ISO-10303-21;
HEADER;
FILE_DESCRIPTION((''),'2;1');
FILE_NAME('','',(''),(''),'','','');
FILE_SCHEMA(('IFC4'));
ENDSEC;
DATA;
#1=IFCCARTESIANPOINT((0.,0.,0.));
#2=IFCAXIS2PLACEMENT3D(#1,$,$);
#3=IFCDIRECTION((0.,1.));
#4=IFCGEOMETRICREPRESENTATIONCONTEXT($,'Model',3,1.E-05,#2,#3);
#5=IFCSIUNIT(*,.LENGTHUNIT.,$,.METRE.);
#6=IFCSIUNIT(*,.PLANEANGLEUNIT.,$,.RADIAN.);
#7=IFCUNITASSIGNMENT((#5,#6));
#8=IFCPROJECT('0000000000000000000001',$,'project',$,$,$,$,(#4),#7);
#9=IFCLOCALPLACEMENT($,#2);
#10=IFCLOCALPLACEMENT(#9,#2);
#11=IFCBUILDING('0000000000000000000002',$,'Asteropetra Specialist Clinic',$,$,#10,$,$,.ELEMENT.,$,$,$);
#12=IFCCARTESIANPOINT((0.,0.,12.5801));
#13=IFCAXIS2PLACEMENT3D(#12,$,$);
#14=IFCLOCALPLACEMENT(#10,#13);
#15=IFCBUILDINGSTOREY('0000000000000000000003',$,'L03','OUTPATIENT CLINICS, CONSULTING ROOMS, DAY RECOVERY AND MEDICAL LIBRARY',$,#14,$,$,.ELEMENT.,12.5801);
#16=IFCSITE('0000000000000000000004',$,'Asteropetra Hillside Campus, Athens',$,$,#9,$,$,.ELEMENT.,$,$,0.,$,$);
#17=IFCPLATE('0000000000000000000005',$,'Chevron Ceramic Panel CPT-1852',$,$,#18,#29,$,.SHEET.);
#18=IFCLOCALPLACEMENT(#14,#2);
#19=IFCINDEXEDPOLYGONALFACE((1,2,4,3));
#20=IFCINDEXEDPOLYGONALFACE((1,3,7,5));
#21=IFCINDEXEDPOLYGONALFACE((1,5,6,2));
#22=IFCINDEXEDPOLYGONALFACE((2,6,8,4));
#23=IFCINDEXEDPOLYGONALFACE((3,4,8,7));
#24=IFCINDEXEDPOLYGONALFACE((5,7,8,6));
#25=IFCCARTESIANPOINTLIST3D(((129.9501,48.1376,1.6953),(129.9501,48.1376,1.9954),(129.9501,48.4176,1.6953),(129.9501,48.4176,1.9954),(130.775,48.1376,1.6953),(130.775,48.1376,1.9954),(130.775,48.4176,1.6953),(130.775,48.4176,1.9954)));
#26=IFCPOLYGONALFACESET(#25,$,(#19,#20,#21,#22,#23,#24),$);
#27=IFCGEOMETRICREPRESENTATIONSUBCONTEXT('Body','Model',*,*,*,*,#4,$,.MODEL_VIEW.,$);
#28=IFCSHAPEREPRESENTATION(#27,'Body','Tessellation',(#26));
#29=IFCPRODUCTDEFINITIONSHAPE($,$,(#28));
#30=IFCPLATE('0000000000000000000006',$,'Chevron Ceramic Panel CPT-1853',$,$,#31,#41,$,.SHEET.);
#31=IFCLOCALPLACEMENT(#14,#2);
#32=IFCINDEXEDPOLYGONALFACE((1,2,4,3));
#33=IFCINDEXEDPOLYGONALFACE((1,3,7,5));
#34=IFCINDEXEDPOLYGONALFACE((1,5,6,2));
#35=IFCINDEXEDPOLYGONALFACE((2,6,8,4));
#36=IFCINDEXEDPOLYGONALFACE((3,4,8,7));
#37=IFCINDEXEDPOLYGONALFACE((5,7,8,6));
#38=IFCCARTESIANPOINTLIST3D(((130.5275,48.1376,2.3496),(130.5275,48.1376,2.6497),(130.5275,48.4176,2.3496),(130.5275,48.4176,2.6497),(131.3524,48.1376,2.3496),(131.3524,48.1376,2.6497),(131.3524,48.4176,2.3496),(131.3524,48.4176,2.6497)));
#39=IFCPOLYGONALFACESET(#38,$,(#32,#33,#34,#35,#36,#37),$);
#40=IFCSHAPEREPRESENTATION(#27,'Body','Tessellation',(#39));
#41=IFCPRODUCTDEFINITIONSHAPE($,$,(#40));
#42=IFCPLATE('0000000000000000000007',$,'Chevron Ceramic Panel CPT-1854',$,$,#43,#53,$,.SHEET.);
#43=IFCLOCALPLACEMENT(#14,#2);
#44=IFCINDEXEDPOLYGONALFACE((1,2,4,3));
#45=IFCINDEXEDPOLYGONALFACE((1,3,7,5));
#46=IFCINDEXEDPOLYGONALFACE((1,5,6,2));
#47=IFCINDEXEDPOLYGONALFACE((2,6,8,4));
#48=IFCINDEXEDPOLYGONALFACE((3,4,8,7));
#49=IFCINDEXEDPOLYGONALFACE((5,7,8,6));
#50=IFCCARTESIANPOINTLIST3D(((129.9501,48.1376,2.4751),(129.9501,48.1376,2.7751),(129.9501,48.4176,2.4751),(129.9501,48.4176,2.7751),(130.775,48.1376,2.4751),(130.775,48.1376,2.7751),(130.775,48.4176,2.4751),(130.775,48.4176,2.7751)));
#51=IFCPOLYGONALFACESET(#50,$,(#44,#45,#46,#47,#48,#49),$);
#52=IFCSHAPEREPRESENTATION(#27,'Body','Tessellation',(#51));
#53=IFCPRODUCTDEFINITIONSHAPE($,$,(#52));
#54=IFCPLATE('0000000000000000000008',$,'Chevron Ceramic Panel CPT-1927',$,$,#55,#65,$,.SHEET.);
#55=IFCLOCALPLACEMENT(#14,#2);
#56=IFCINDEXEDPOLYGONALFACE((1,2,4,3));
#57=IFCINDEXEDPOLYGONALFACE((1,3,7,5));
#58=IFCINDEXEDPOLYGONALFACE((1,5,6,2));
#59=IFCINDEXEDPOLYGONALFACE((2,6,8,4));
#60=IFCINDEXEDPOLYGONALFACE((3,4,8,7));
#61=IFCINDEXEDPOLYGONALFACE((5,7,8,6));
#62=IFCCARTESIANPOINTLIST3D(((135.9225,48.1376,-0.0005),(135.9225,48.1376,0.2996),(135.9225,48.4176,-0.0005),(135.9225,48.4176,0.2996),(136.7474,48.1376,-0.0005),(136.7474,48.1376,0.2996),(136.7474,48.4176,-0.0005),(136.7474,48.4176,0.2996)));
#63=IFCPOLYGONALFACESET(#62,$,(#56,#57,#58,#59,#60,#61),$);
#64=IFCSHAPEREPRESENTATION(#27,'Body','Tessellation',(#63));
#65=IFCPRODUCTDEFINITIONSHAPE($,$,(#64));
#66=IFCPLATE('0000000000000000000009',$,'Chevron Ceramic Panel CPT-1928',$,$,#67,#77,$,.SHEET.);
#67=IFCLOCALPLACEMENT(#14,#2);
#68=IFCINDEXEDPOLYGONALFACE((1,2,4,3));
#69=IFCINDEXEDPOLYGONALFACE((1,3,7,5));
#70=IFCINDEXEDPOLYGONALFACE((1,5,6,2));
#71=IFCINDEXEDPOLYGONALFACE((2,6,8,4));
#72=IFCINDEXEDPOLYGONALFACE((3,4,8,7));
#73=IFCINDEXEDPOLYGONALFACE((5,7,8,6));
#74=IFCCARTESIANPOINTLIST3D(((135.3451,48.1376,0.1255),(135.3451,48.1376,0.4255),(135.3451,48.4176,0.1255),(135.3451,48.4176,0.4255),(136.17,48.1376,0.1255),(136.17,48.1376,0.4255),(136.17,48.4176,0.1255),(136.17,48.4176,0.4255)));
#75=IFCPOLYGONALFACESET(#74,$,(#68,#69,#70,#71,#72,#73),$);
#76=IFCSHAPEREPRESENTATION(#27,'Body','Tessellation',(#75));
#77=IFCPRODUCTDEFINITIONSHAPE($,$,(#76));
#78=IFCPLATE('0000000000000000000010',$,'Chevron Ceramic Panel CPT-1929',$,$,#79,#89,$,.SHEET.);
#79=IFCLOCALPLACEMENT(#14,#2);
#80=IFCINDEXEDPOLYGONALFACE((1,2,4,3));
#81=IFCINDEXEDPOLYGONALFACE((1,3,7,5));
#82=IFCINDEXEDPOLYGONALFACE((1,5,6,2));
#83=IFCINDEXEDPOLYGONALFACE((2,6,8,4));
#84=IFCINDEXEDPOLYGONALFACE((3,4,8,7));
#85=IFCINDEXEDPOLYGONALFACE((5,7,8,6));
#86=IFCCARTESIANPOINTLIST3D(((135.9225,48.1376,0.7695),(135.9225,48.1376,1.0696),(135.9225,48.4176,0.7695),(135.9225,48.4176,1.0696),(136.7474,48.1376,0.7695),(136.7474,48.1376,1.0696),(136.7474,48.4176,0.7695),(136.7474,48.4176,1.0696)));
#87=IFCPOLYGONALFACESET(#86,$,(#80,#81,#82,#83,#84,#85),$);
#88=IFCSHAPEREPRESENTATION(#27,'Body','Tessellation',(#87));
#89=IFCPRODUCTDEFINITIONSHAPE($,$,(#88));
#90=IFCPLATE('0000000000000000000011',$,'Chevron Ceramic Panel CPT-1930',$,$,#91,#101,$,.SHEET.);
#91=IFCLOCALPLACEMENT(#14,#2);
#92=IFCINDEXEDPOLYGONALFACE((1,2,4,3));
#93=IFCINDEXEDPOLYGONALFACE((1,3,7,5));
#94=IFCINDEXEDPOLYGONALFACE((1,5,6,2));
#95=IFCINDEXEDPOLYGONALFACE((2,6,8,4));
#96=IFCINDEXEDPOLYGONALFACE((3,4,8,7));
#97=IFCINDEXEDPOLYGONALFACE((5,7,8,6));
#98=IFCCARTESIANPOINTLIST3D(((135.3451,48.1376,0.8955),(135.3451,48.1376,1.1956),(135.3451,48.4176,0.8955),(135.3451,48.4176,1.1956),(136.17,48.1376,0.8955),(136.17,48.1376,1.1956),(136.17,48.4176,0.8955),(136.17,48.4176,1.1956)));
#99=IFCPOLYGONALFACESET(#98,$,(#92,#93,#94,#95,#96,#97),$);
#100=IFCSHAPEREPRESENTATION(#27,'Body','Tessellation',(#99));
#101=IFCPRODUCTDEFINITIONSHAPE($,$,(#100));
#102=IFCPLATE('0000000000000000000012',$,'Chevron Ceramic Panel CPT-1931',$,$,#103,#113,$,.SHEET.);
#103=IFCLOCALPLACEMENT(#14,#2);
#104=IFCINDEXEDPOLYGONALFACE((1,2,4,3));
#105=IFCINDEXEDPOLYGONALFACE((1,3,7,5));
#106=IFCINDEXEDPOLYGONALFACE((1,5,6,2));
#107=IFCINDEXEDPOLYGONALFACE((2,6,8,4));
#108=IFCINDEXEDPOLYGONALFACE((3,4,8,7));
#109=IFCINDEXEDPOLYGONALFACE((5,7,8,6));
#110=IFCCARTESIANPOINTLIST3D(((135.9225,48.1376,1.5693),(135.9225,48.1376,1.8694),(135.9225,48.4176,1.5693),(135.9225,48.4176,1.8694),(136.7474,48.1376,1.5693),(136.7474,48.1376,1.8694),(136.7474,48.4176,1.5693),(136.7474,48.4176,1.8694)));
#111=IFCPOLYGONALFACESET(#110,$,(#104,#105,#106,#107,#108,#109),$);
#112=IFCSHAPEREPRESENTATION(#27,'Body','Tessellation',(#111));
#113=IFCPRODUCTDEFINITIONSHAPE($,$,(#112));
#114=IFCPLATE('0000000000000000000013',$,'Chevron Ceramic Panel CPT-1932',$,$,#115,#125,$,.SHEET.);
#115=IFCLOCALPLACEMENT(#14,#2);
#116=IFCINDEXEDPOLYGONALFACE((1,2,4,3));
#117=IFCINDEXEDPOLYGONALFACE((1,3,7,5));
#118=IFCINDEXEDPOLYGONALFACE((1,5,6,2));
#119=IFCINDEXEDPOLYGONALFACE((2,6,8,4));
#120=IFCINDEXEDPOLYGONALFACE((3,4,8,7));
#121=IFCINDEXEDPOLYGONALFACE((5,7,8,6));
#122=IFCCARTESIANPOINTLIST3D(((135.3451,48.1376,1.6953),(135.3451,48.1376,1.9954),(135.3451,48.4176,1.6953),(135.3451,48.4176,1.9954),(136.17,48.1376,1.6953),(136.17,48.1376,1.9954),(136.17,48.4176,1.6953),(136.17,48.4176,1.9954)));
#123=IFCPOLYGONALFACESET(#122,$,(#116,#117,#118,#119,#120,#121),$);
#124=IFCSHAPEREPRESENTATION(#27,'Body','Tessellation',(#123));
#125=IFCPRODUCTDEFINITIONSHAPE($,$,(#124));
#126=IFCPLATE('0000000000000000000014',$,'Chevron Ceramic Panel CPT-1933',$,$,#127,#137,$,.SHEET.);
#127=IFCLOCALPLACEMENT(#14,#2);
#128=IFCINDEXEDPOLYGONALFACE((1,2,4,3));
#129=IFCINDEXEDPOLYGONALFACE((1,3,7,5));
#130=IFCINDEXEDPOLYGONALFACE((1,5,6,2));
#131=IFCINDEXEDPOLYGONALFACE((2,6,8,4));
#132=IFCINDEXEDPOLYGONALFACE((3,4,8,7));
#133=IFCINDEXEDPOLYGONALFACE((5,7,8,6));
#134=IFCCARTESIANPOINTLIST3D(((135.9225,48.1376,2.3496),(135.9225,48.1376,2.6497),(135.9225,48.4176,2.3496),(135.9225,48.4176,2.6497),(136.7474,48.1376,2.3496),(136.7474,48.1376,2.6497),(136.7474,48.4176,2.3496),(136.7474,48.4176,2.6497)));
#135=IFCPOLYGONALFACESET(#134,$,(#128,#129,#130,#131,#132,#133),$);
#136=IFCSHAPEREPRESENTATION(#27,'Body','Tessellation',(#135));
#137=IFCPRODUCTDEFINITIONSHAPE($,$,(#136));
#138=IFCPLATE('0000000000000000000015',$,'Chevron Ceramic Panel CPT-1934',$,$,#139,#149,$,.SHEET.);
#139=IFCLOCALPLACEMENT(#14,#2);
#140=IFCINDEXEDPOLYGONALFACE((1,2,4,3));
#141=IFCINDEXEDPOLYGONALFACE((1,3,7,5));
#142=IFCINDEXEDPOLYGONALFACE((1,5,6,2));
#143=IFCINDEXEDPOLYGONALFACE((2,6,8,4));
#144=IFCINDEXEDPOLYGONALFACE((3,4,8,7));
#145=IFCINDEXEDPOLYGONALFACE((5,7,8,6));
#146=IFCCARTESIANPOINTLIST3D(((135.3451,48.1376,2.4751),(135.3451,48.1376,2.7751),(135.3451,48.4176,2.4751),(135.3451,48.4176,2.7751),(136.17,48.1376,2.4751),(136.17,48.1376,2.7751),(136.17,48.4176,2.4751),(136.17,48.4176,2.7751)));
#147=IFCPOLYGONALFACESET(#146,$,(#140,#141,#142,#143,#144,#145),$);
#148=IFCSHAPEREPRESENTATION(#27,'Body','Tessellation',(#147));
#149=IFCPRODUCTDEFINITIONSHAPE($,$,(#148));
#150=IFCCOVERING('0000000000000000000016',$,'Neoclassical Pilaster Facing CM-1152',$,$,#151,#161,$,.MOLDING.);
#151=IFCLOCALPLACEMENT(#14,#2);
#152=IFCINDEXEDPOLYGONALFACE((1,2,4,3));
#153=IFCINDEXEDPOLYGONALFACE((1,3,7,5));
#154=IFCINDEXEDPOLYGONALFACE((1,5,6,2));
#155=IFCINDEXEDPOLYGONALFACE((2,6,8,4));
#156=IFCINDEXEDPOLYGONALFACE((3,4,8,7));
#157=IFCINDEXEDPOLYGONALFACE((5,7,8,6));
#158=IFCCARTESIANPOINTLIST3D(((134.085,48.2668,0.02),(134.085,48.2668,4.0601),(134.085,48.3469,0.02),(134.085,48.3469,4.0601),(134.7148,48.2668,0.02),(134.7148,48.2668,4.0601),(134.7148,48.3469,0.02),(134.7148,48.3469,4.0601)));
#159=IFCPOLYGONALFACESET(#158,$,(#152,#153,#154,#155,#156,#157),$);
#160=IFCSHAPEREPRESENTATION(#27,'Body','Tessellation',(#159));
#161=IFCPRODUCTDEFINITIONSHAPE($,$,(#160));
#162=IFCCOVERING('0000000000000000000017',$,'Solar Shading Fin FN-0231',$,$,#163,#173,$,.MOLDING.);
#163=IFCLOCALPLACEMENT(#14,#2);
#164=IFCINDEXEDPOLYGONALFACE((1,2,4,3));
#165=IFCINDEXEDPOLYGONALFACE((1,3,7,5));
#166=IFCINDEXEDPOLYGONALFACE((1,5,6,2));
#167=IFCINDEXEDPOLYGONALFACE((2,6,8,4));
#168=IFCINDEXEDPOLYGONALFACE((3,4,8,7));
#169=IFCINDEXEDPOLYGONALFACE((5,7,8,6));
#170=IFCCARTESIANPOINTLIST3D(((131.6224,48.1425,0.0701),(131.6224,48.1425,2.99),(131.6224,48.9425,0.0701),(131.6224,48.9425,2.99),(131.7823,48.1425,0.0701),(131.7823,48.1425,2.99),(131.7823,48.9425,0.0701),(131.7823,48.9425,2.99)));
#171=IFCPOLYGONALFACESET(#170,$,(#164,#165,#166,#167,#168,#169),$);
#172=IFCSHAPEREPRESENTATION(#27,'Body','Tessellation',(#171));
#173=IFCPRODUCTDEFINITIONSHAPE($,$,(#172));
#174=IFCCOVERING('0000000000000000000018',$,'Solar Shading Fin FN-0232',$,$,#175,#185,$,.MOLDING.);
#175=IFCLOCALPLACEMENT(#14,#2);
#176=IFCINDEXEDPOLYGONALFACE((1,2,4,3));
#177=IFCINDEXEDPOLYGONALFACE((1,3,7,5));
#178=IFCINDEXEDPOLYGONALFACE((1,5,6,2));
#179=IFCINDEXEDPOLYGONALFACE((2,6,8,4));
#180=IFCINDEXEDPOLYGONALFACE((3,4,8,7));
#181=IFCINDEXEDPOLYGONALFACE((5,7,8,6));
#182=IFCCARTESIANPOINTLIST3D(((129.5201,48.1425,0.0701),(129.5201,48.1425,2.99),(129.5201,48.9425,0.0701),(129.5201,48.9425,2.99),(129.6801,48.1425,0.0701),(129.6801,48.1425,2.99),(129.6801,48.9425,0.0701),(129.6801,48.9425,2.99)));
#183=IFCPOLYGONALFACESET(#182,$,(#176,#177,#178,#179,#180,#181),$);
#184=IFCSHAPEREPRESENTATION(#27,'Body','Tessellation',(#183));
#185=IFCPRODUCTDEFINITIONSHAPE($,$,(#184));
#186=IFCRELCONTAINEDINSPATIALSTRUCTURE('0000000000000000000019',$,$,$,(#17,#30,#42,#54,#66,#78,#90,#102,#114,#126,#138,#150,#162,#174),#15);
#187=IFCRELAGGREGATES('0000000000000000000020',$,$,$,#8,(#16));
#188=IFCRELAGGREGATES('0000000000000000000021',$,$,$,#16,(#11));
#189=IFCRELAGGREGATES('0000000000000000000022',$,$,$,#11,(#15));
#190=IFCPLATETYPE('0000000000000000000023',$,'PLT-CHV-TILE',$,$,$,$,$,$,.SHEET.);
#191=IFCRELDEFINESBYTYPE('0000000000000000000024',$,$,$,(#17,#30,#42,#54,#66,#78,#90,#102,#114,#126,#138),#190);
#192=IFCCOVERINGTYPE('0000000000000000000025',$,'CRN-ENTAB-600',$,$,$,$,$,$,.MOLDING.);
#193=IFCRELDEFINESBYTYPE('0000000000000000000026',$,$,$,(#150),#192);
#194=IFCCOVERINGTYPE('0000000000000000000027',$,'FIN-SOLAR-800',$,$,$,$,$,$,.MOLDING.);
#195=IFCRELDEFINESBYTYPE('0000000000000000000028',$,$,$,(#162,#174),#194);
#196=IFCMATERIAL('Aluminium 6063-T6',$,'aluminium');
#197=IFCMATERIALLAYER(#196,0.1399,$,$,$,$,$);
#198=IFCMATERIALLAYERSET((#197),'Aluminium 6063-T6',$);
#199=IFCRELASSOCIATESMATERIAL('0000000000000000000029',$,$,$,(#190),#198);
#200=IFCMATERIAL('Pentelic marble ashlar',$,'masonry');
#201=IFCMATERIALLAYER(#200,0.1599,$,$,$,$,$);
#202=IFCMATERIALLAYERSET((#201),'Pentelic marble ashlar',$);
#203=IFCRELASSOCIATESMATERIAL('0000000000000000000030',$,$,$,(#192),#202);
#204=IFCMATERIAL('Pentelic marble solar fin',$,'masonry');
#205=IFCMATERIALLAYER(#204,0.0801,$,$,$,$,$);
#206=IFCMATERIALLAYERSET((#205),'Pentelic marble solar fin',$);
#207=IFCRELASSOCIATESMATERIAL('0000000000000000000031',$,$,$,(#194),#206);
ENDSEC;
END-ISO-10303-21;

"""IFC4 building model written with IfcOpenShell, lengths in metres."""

from ifc_helpers import new_model, si_unit, direction, frame, origin, origin_2d, place, context, subcontext, project, spatial, rectangle, extrude, material, layer, layer_set, type_object, element, save


model = new_model("IFC4")

# Units and contexts
model_context = context("Model", 3, precision=1e-05, world=origin(), true_north=direction((0.0, 1.0)))
body_context = subcontext(model_context, "Body", "Model", "MODEL_VIEW")
ifc_project = project(units=[si_unit("LENGTHUNIT", "METRE"), si_unit("PLANEANGLEUNIT", "RADIAN")], contexts=[model_context])

# Site, building, storey
site_placement = place(None, origin())
site = spatial("IfcSite", under=ifc_project, at=site_placement, Name="Asteropetra Hillside Campus, Athens", CompositionType="ELEMENT", RefElevation=0.0)
building_placement = place(site_placement, origin())
building = spatial("IfcBuilding", under=site, at=building_placement, Name="Asteropetra Specialist Clinic", CompositionType="ELEMENT")
storey_placement = place(building_placement, frame((0.0, 0.0, 12.5801)))
storey = spatial("IfcBuildingStorey", under=building, at=storey_placement, Name="L03", Description="OUTPATIENT CLINICS, CONSULTING ROOMS, DAY RECOVERY AND MEDICAL LIBRARY", CompositionType="ELEMENT", Elevation=12.5801)

# Plates
ifc_material_1 = material(Name="Aluminium 6063-T6", Category="aluminium")
ifc_layer_1 = layer(ifc_material_1, 0.1399)
ifc_layer_set_1 = layer_set([ifc_layer_1], Name="Aluminium 6063-T6")
plate_type_1 = type_object("IfcPlateType", Name="PLT-CHV-TILE", PredefinedType="SHEET", material=ifc_layer_set_1)
for number, where, z_axis, x_axis, name in (
    (1, (130.3625, 48.2776, 1.6953), (0.0, 0.0, 1.0), (1.0, 0.0, 0.0), "Chevron Ceramic Panel CPT-1852"),
    (2, (130.9399, 48.2776, 2.3496), (0.0, 0.0, 1.0), (1.0, 0.0, 0.0), "Chevron Ceramic Panel CPT-1853"),
    (3, (130.3625, 48.2776, 2.4751), (0.0, 0.0, 1.0), (1.0, 0.0, 0.0), "Chevron Ceramic Panel CPT-1854"),
    (4, (136.335, 48.2776, -0.0005), (0.0, 0.0, 1.0), (1.0, 0.0, 0.0), "Chevron Ceramic Panel CPT-1927"),
    (5, (135.7576, 48.2776, 0.1255), (0.0, 0.0, 1.0), (1.0, 0.0, 0.0), "Chevron Ceramic Panel CPT-1928"),
    (6, (136.335, 48.2776, 0.7695), (0.0, 0.0, 1.0), (1.0, 0.0, 0.0), "Chevron Ceramic Panel CPT-1929"),
    (7, (135.7576, 48.2776, 0.8955), (0.0, 0.0, 1.0), (1.0, 0.0, 0.0), "Chevron Ceramic Panel CPT-1930"),
    (8, (136.335, 48.2776, 1.5693), (0.0, 0.0, 1.0), (1.0, 0.0, 0.0), "Chevron Ceramic Panel CPT-1931"),
    (9, (135.7576, 48.2776, 1.6953), (0.0, 0.0, 1.0), (1.0, 0.0, 0.0), "Chevron Ceramic Panel CPT-1932"),
    (10, (136.335, 48.2776, 2.3496), (0.0, 0.0, 1.0), (1.0, 0.0, 0.0), "Chevron Ceramic Panel CPT-1933"),
    (11, (135.7576, 48.2776, 2.4751), (0.0, 0.0, 1.0), (1.0, 0.0, 0.0), "Chevron Ceramic Panel CPT-1934"),
):
    element("IfcPlate", number, at=place(storey_placement, frame(where, z_axis=z_axis, x_axis=x_axis)), inside=storey, type_object=plate_type_1, Name=name, PredefinedType="SHEET", context=body_context, shape_type="SweptSolid", body=[
        extrude(rectangle(XDim=0.825, YDim=0.28, at=origin_2d()), origin(), (0.0, 0.0, 1.0), 0.3),
    ])

# Coverings
ifc_material_2 = material(Name="Pentelic marble ashlar", Category="masonry")
ifc_layer_2 = layer(ifc_material_2, 0.1599)
ifc_layer_set_2 = layer_set([ifc_layer_2], Name="Pentelic marble ashlar")
covering_type_1 = type_object("IfcCoveringType", Name="CRN-ENTAB-600", PredefinedType="MOLDING", material=ifc_layer_set_2)
covering_placement = place(storey_placement, frame((134.3999, 48.3069, 0.02), z_axis=(0.0, 0.0, 1.0), x_axis=(1.0, 0.0, 0.0)))
element("IfcCovering", 12, at=covering_placement, inside=storey, type_object=covering_type_1, Name="Neoclassical Pilaster Facing CM-1152", PredefinedType="MOLDING", context=body_context, shape_type="SweptSolid", body=[
    extrude(rectangle(XDim=0.6299, YDim=0.0801, at=origin_2d()), origin(), (0.0, 0.0, 1.0), 4.04),
])
ifc_material_3 = material(Name="Pentelic marble solar fin", Category="masonry")
ifc_layer_3 = layer(ifc_material_3, 0.0801)
ifc_layer_set_3 = layer_set([ifc_layer_3], Name="Pentelic marble solar fin")
covering_type_2 = type_object("IfcCoveringType", Name="FIN-SOLAR-800", PredefinedType="MOLDING", material=ifc_layer_set_3)
for number, where, z_axis, x_axis, name in (
    (13, (131.7024, 48.5425, 0.0701), (0.0, 0.0, 1.0), (1.0, 0.0, 0.0), "Solar Shading Fin FN-0231"),
    (14, (129.6001, 48.5425, 0.0701), (0.0, 0.0, 1.0), (1.0, 0.0, 0.0), "Solar Shading Fin FN-0232"),
):
    element("IfcCovering", number, at=place(storey_placement, frame(where, z_axis=z_axis, x_axis=x_axis)), inside=storey, type_object=covering_type_2, Name=name, PredefinedType="MOLDING", context=body_context, shape_type="SweptSolid", body=[
        extrude(rectangle(XDim=0.1599, YDim=0.8, at=origin_2d()), origin(), (0.0, 0.0, 1.0), 2.9199),
    ])

save(model, "model.ifc")
